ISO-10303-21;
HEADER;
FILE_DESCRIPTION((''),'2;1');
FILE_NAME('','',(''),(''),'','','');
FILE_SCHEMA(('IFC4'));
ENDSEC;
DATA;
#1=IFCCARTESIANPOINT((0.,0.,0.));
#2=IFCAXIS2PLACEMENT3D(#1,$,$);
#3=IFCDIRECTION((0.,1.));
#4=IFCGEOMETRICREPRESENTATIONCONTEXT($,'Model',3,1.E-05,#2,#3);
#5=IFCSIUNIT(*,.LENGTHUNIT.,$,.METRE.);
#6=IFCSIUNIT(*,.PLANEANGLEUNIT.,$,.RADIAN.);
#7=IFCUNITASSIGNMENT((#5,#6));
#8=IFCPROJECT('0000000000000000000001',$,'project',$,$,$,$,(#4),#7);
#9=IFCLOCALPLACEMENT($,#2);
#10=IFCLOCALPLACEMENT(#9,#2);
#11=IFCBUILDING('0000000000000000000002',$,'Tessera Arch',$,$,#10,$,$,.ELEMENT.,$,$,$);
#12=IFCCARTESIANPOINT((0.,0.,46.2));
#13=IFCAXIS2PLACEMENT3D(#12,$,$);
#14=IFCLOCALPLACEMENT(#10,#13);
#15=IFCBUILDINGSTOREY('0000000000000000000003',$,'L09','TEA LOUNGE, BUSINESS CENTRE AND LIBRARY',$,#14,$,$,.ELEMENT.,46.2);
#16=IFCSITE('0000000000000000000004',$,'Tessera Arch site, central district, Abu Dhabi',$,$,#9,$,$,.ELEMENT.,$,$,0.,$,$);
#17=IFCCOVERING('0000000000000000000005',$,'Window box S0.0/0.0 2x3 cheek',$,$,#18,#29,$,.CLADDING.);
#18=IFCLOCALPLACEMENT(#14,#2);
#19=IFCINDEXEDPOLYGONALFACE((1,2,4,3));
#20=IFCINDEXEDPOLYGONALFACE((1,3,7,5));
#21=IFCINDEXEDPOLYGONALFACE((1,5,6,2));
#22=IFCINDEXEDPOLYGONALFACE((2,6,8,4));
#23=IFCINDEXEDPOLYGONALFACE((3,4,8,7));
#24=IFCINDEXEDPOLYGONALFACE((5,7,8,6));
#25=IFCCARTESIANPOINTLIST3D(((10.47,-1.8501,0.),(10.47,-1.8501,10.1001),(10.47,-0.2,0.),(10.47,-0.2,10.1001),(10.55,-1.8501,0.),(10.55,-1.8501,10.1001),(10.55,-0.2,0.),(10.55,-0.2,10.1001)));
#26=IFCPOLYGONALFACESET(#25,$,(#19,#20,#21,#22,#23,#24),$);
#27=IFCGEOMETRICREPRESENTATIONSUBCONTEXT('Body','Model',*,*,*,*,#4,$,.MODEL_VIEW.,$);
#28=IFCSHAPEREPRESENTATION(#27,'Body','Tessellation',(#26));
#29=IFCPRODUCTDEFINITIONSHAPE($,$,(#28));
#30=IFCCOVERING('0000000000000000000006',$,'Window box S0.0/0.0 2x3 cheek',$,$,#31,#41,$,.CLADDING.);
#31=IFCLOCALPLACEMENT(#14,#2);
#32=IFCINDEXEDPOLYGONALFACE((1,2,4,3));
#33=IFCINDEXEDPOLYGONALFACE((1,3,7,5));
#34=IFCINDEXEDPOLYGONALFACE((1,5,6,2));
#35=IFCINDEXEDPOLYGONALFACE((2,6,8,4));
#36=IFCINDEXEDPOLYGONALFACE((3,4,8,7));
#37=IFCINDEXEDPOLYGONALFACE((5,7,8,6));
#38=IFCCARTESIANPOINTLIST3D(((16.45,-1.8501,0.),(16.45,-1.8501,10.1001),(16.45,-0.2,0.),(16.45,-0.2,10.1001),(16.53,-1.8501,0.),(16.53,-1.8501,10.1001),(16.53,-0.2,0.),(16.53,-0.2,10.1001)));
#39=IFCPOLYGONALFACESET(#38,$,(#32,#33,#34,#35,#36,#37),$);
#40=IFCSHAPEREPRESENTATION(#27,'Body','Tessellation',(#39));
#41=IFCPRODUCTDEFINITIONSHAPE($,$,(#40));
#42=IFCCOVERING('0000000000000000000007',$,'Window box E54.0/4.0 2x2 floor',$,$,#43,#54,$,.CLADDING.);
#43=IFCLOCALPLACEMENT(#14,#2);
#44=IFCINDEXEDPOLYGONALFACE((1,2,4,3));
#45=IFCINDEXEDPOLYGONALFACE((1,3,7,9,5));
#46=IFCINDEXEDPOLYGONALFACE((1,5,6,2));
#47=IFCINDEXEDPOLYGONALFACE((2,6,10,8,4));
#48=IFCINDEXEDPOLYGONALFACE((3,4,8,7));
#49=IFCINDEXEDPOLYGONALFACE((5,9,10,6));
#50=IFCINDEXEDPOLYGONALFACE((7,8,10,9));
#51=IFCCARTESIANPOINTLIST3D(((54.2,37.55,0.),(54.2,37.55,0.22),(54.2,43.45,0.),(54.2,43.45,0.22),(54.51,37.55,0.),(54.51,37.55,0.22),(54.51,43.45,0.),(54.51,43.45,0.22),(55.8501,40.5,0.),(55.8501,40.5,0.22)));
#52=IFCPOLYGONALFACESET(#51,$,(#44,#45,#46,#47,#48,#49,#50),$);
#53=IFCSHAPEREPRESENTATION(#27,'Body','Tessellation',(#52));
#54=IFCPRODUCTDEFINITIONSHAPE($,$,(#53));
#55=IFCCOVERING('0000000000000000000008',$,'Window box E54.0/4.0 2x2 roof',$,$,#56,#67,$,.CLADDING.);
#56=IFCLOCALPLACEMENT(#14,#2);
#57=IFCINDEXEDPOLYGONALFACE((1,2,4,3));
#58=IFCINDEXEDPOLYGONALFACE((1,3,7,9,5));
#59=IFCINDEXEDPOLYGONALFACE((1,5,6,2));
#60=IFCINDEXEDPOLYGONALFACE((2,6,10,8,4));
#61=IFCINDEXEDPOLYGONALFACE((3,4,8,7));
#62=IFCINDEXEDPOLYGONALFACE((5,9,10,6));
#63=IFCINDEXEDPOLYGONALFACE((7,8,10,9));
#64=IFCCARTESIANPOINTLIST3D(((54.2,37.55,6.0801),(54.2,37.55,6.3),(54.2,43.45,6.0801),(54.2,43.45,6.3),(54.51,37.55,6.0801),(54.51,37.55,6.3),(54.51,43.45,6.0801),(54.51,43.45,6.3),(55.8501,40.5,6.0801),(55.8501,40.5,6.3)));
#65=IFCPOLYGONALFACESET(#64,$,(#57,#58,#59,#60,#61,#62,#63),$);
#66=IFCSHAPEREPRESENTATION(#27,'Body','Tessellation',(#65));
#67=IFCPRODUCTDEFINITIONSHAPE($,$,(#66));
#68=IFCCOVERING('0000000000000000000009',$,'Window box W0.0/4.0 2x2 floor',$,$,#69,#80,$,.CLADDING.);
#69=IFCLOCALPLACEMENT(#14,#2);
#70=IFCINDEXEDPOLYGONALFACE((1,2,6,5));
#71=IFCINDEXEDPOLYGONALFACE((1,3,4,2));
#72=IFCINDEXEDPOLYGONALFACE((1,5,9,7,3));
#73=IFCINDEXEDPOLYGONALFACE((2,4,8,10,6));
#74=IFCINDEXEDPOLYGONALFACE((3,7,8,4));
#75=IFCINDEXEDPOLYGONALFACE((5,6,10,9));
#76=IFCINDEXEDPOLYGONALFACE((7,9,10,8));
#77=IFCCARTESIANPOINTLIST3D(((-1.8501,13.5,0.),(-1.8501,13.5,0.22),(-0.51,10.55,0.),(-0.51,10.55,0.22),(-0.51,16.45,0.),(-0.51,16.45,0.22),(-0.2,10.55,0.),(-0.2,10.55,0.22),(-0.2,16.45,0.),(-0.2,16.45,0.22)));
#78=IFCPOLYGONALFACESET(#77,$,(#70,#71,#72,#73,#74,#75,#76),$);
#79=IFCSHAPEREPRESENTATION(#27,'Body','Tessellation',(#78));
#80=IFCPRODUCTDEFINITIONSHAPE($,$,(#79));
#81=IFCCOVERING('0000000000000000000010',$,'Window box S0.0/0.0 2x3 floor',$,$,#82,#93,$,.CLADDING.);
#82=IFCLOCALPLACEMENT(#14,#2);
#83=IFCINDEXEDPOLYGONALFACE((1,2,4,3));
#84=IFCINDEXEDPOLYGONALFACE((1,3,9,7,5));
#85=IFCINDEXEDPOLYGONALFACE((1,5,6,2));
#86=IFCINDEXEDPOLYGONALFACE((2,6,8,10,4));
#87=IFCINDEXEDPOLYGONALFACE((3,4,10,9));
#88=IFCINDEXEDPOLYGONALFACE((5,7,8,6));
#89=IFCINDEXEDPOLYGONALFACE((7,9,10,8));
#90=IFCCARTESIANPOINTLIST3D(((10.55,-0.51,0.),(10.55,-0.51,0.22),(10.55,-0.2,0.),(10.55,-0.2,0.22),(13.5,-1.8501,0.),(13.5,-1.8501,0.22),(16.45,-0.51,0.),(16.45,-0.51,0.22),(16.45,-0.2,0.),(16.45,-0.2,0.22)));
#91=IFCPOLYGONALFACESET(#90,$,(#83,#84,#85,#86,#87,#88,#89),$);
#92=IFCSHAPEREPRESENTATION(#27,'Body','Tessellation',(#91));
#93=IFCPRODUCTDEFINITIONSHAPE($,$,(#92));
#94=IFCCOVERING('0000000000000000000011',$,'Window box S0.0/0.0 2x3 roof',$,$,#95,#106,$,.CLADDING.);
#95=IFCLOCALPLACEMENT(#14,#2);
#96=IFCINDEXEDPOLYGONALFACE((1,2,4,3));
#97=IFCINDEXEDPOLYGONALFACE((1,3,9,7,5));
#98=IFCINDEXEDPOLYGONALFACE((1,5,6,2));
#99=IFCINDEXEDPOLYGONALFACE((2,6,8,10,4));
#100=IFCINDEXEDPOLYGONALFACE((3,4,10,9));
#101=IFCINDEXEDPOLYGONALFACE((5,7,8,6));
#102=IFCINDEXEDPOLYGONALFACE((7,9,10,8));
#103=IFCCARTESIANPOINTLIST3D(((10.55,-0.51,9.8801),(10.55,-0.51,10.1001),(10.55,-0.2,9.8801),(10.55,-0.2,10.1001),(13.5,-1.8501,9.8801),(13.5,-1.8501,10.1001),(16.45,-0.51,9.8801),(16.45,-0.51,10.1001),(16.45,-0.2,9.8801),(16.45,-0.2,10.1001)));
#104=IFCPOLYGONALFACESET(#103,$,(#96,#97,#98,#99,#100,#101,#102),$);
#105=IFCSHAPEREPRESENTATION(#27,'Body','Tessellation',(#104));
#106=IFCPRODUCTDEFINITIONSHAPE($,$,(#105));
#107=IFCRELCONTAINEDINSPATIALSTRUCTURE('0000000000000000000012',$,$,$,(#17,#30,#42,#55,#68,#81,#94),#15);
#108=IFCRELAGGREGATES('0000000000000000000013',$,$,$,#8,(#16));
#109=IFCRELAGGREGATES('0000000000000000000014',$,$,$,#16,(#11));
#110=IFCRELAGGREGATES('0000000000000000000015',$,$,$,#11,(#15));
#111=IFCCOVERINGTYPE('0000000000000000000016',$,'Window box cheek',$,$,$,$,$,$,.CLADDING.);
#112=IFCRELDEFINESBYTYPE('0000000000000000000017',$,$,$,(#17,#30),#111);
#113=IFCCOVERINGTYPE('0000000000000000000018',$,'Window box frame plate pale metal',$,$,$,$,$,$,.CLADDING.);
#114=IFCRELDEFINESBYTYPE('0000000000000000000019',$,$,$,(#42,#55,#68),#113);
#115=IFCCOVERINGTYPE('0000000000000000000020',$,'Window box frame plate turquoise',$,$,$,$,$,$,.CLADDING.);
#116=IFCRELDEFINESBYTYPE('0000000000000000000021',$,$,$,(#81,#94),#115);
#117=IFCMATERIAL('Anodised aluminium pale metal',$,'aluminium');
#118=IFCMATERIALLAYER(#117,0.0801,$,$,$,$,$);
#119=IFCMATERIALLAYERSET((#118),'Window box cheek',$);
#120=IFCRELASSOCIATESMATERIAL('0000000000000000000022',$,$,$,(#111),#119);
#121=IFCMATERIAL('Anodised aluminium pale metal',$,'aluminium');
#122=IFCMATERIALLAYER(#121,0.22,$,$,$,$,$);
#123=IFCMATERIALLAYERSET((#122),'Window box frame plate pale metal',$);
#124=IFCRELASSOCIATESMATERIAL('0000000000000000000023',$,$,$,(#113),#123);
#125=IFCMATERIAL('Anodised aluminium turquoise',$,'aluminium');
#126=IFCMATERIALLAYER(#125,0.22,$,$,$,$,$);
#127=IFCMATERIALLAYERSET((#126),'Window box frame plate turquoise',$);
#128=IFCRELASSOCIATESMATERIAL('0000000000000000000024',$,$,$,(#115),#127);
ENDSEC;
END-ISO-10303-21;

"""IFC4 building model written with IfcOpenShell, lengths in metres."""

from ifc_helpers import new_model, si_unit, direction, frame, origin, place, context, subcontext, project, spatial, polyline, outline, extrude, material, layer, layer_set, type_object, element, save


model = new_model("IFC4")

# Units and contexts
model_context = context("Model", 3, precision=1e-05, world=origin(), true_north=direction((0.0, 1.0)))
body_context = subcontext(model_context, "Body", "Model", "MODEL_VIEW")
ifc_project = project(units=[si_unit("LENGTHUNIT", "METRE"), si_unit("PLANEANGLEUNIT", "RADIAN")], contexts=[model_context])

# Site, building, storey
site_placement = place(None, origin())
site = spatial("IfcSite", under=ifc_project, at=site_placement, Name="Tessera Arch site, central district, Abu Dhabi", CompositionType="ELEMENT", RefElevation=0.0)
building_placement = place(site_placement, origin())
building = spatial("IfcBuilding", under=site, at=building_placement, Name="Tessera Arch", CompositionType="ELEMENT")
storey_placement = place(building_placement, frame((0.0, 0.0, 46.2)))
storey = spatial("IfcBuildingStorey", under=building, at=storey_placement, Name="L09", Description="TEA LOUNGE, BUSINESS CENTRE AND LIBRARY", CompositionType="ELEMENT", Elevation=46.2)

# Coverings
ifc_material_1 = material(Name="Anodised aluminium pale metal", Category="aluminium")
ifc_layer_1 = layer(ifc_material_1, 0.0801)
ifc_layer_set_1 = layer_set([ifc_layer_1], Name="Window box cheek")
covering_type_1 = type_object("IfcCoveringType", Name="Window box cheek", PredefinedType="CLADDING", material=ifc_layer_set_1)
covering_1_placement = place(storey_placement, origin())
element("IfcCovering", 1, at=covering_1_placement, inside=storey, type_object=covering_type_1, Name="Window box S0.0/0.0 2x3 cheek", PredefinedType="CLADDING", context=body_context, shape_type="SweptSolid", body=[
    extrude(outline(polyline([(10.47, -1.8501), (10.55, -1.8501), (10.55, -0.2), (10.47, -0.2), (10.47, -1.8501)])), origin(), (0.0, 0.0, 1.0), 10.1001),
])
covering_2_placement = place(storey_placement, origin())
element("IfcCovering", 2, at=covering_2_placement, inside=storey, type_object=covering_type_1, Name="Window box S0.0/0.0 2x3 cheek", PredefinedType="CLADDING", context=body_context, shape_type="SweptSolid", body=[
    extrude(outline(polyline([(16.45, -1.8501), (16.53, -1.8501), (16.53, -0.2), (16.45, -0.2), (16.45, -1.8501)])), origin(), (0.0, 0.0, 1.0), 10.1001),
])
ifc_material_2 = material(Name="Anodised aluminium pale metal", Category="aluminium")
ifc_layer_2 = layer(ifc_material_2, 0.22)
ifc_layer_set_2 = layer_set([ifc_layer_2], Name="Window box frame plate pale metal")
covering_type_2 = type_object("IfcCoveringType", Name="Window box frame plate pale metal", PredefinedType="CLADDING", material=ifc_layer_set_2)
for number, where, name in (
    (3, (0.0, 0.0, 0.0), "Window box E54.0/4.0 2x2 floor"),
    (4, (0.0, 0.0, 6.0801), "Window box E54.0/4.0 2x2 roof"),
):
    element("IfcCovering", number, at=place(storey_placement, frame(where)), inside=storey, type_object=covering_type_2, Name=name, PredefinedType="CLADDING", context=body_context, shape_type="SweptSolid", body=[
        extrude(outline(polyline([(54.51, 37.55), (55.8501, 40.5), (54.51, 43.45), (54.2, 43.45), (54.2, 37.55), (54.51, 37.55)])), origin(), (0.0, 0.0, 1.0), 0.22),
    ])
covering_3_placement = place(storey_placement, origin())
element("IfcCovering", 5, at=covering_3_placement, inside=storey, type_object=covering_type_2, Name="Window box W0.0/4.0 2x2 floor", PredefinedType="CLADDING", context=body_context, shape_type="SweptSolid", body=[
    extrude(outline(polyline([(-0.51, 16.45), (-1.8501, 13.5), (-0.51, 10.55), (-0.2, 10.55), (-0.2, 16.45), (-0.51, 16.45)])), origin(), (0.0, 0.0, 1.0), 0.22),
])
ifc_material_3 = material(Name="Anodised aluminium turquoise", Category="aluminium")
ifc_layer_3 = layer(ifc_material_3, 0.22)
ifc_layer_set_3 = layer_set([ifc_layer_3], Name="Window box frame plate turquoise")
covering_type_3 = type_object("IfcCoveringType", Name="Window box frame plate turquoise", PredefinedType="CLADDING", material=ifc_layer_set_3)
for number, where, name in (
    (6, (0.0, 0.0, 0.0), "Window box S0.0/0.0 2x3 floor"),
    (7, (0.0, 0.0, 9.8801), "Window box S0.0/0.0 2x3 roof"),
):
    element("IfcCovering", number, at=place(storey_placement, frame(where)), inside=storey, type_object=covering_type_3, Name=name, PredefinedType="CLADDING", context=body_context, shape_type="SweptSolid", body=[
        extrude(outline(polyline([(10.55, -0.51), (13.5, -1.8501), (16.45, -0.51), (16.45, -0.2), (10.55, -0.2), (10.55, -0.51)])), origin(), (0.0, 0.0, 1.0), 0.22),
    ])

save(model, "model.ifc")
